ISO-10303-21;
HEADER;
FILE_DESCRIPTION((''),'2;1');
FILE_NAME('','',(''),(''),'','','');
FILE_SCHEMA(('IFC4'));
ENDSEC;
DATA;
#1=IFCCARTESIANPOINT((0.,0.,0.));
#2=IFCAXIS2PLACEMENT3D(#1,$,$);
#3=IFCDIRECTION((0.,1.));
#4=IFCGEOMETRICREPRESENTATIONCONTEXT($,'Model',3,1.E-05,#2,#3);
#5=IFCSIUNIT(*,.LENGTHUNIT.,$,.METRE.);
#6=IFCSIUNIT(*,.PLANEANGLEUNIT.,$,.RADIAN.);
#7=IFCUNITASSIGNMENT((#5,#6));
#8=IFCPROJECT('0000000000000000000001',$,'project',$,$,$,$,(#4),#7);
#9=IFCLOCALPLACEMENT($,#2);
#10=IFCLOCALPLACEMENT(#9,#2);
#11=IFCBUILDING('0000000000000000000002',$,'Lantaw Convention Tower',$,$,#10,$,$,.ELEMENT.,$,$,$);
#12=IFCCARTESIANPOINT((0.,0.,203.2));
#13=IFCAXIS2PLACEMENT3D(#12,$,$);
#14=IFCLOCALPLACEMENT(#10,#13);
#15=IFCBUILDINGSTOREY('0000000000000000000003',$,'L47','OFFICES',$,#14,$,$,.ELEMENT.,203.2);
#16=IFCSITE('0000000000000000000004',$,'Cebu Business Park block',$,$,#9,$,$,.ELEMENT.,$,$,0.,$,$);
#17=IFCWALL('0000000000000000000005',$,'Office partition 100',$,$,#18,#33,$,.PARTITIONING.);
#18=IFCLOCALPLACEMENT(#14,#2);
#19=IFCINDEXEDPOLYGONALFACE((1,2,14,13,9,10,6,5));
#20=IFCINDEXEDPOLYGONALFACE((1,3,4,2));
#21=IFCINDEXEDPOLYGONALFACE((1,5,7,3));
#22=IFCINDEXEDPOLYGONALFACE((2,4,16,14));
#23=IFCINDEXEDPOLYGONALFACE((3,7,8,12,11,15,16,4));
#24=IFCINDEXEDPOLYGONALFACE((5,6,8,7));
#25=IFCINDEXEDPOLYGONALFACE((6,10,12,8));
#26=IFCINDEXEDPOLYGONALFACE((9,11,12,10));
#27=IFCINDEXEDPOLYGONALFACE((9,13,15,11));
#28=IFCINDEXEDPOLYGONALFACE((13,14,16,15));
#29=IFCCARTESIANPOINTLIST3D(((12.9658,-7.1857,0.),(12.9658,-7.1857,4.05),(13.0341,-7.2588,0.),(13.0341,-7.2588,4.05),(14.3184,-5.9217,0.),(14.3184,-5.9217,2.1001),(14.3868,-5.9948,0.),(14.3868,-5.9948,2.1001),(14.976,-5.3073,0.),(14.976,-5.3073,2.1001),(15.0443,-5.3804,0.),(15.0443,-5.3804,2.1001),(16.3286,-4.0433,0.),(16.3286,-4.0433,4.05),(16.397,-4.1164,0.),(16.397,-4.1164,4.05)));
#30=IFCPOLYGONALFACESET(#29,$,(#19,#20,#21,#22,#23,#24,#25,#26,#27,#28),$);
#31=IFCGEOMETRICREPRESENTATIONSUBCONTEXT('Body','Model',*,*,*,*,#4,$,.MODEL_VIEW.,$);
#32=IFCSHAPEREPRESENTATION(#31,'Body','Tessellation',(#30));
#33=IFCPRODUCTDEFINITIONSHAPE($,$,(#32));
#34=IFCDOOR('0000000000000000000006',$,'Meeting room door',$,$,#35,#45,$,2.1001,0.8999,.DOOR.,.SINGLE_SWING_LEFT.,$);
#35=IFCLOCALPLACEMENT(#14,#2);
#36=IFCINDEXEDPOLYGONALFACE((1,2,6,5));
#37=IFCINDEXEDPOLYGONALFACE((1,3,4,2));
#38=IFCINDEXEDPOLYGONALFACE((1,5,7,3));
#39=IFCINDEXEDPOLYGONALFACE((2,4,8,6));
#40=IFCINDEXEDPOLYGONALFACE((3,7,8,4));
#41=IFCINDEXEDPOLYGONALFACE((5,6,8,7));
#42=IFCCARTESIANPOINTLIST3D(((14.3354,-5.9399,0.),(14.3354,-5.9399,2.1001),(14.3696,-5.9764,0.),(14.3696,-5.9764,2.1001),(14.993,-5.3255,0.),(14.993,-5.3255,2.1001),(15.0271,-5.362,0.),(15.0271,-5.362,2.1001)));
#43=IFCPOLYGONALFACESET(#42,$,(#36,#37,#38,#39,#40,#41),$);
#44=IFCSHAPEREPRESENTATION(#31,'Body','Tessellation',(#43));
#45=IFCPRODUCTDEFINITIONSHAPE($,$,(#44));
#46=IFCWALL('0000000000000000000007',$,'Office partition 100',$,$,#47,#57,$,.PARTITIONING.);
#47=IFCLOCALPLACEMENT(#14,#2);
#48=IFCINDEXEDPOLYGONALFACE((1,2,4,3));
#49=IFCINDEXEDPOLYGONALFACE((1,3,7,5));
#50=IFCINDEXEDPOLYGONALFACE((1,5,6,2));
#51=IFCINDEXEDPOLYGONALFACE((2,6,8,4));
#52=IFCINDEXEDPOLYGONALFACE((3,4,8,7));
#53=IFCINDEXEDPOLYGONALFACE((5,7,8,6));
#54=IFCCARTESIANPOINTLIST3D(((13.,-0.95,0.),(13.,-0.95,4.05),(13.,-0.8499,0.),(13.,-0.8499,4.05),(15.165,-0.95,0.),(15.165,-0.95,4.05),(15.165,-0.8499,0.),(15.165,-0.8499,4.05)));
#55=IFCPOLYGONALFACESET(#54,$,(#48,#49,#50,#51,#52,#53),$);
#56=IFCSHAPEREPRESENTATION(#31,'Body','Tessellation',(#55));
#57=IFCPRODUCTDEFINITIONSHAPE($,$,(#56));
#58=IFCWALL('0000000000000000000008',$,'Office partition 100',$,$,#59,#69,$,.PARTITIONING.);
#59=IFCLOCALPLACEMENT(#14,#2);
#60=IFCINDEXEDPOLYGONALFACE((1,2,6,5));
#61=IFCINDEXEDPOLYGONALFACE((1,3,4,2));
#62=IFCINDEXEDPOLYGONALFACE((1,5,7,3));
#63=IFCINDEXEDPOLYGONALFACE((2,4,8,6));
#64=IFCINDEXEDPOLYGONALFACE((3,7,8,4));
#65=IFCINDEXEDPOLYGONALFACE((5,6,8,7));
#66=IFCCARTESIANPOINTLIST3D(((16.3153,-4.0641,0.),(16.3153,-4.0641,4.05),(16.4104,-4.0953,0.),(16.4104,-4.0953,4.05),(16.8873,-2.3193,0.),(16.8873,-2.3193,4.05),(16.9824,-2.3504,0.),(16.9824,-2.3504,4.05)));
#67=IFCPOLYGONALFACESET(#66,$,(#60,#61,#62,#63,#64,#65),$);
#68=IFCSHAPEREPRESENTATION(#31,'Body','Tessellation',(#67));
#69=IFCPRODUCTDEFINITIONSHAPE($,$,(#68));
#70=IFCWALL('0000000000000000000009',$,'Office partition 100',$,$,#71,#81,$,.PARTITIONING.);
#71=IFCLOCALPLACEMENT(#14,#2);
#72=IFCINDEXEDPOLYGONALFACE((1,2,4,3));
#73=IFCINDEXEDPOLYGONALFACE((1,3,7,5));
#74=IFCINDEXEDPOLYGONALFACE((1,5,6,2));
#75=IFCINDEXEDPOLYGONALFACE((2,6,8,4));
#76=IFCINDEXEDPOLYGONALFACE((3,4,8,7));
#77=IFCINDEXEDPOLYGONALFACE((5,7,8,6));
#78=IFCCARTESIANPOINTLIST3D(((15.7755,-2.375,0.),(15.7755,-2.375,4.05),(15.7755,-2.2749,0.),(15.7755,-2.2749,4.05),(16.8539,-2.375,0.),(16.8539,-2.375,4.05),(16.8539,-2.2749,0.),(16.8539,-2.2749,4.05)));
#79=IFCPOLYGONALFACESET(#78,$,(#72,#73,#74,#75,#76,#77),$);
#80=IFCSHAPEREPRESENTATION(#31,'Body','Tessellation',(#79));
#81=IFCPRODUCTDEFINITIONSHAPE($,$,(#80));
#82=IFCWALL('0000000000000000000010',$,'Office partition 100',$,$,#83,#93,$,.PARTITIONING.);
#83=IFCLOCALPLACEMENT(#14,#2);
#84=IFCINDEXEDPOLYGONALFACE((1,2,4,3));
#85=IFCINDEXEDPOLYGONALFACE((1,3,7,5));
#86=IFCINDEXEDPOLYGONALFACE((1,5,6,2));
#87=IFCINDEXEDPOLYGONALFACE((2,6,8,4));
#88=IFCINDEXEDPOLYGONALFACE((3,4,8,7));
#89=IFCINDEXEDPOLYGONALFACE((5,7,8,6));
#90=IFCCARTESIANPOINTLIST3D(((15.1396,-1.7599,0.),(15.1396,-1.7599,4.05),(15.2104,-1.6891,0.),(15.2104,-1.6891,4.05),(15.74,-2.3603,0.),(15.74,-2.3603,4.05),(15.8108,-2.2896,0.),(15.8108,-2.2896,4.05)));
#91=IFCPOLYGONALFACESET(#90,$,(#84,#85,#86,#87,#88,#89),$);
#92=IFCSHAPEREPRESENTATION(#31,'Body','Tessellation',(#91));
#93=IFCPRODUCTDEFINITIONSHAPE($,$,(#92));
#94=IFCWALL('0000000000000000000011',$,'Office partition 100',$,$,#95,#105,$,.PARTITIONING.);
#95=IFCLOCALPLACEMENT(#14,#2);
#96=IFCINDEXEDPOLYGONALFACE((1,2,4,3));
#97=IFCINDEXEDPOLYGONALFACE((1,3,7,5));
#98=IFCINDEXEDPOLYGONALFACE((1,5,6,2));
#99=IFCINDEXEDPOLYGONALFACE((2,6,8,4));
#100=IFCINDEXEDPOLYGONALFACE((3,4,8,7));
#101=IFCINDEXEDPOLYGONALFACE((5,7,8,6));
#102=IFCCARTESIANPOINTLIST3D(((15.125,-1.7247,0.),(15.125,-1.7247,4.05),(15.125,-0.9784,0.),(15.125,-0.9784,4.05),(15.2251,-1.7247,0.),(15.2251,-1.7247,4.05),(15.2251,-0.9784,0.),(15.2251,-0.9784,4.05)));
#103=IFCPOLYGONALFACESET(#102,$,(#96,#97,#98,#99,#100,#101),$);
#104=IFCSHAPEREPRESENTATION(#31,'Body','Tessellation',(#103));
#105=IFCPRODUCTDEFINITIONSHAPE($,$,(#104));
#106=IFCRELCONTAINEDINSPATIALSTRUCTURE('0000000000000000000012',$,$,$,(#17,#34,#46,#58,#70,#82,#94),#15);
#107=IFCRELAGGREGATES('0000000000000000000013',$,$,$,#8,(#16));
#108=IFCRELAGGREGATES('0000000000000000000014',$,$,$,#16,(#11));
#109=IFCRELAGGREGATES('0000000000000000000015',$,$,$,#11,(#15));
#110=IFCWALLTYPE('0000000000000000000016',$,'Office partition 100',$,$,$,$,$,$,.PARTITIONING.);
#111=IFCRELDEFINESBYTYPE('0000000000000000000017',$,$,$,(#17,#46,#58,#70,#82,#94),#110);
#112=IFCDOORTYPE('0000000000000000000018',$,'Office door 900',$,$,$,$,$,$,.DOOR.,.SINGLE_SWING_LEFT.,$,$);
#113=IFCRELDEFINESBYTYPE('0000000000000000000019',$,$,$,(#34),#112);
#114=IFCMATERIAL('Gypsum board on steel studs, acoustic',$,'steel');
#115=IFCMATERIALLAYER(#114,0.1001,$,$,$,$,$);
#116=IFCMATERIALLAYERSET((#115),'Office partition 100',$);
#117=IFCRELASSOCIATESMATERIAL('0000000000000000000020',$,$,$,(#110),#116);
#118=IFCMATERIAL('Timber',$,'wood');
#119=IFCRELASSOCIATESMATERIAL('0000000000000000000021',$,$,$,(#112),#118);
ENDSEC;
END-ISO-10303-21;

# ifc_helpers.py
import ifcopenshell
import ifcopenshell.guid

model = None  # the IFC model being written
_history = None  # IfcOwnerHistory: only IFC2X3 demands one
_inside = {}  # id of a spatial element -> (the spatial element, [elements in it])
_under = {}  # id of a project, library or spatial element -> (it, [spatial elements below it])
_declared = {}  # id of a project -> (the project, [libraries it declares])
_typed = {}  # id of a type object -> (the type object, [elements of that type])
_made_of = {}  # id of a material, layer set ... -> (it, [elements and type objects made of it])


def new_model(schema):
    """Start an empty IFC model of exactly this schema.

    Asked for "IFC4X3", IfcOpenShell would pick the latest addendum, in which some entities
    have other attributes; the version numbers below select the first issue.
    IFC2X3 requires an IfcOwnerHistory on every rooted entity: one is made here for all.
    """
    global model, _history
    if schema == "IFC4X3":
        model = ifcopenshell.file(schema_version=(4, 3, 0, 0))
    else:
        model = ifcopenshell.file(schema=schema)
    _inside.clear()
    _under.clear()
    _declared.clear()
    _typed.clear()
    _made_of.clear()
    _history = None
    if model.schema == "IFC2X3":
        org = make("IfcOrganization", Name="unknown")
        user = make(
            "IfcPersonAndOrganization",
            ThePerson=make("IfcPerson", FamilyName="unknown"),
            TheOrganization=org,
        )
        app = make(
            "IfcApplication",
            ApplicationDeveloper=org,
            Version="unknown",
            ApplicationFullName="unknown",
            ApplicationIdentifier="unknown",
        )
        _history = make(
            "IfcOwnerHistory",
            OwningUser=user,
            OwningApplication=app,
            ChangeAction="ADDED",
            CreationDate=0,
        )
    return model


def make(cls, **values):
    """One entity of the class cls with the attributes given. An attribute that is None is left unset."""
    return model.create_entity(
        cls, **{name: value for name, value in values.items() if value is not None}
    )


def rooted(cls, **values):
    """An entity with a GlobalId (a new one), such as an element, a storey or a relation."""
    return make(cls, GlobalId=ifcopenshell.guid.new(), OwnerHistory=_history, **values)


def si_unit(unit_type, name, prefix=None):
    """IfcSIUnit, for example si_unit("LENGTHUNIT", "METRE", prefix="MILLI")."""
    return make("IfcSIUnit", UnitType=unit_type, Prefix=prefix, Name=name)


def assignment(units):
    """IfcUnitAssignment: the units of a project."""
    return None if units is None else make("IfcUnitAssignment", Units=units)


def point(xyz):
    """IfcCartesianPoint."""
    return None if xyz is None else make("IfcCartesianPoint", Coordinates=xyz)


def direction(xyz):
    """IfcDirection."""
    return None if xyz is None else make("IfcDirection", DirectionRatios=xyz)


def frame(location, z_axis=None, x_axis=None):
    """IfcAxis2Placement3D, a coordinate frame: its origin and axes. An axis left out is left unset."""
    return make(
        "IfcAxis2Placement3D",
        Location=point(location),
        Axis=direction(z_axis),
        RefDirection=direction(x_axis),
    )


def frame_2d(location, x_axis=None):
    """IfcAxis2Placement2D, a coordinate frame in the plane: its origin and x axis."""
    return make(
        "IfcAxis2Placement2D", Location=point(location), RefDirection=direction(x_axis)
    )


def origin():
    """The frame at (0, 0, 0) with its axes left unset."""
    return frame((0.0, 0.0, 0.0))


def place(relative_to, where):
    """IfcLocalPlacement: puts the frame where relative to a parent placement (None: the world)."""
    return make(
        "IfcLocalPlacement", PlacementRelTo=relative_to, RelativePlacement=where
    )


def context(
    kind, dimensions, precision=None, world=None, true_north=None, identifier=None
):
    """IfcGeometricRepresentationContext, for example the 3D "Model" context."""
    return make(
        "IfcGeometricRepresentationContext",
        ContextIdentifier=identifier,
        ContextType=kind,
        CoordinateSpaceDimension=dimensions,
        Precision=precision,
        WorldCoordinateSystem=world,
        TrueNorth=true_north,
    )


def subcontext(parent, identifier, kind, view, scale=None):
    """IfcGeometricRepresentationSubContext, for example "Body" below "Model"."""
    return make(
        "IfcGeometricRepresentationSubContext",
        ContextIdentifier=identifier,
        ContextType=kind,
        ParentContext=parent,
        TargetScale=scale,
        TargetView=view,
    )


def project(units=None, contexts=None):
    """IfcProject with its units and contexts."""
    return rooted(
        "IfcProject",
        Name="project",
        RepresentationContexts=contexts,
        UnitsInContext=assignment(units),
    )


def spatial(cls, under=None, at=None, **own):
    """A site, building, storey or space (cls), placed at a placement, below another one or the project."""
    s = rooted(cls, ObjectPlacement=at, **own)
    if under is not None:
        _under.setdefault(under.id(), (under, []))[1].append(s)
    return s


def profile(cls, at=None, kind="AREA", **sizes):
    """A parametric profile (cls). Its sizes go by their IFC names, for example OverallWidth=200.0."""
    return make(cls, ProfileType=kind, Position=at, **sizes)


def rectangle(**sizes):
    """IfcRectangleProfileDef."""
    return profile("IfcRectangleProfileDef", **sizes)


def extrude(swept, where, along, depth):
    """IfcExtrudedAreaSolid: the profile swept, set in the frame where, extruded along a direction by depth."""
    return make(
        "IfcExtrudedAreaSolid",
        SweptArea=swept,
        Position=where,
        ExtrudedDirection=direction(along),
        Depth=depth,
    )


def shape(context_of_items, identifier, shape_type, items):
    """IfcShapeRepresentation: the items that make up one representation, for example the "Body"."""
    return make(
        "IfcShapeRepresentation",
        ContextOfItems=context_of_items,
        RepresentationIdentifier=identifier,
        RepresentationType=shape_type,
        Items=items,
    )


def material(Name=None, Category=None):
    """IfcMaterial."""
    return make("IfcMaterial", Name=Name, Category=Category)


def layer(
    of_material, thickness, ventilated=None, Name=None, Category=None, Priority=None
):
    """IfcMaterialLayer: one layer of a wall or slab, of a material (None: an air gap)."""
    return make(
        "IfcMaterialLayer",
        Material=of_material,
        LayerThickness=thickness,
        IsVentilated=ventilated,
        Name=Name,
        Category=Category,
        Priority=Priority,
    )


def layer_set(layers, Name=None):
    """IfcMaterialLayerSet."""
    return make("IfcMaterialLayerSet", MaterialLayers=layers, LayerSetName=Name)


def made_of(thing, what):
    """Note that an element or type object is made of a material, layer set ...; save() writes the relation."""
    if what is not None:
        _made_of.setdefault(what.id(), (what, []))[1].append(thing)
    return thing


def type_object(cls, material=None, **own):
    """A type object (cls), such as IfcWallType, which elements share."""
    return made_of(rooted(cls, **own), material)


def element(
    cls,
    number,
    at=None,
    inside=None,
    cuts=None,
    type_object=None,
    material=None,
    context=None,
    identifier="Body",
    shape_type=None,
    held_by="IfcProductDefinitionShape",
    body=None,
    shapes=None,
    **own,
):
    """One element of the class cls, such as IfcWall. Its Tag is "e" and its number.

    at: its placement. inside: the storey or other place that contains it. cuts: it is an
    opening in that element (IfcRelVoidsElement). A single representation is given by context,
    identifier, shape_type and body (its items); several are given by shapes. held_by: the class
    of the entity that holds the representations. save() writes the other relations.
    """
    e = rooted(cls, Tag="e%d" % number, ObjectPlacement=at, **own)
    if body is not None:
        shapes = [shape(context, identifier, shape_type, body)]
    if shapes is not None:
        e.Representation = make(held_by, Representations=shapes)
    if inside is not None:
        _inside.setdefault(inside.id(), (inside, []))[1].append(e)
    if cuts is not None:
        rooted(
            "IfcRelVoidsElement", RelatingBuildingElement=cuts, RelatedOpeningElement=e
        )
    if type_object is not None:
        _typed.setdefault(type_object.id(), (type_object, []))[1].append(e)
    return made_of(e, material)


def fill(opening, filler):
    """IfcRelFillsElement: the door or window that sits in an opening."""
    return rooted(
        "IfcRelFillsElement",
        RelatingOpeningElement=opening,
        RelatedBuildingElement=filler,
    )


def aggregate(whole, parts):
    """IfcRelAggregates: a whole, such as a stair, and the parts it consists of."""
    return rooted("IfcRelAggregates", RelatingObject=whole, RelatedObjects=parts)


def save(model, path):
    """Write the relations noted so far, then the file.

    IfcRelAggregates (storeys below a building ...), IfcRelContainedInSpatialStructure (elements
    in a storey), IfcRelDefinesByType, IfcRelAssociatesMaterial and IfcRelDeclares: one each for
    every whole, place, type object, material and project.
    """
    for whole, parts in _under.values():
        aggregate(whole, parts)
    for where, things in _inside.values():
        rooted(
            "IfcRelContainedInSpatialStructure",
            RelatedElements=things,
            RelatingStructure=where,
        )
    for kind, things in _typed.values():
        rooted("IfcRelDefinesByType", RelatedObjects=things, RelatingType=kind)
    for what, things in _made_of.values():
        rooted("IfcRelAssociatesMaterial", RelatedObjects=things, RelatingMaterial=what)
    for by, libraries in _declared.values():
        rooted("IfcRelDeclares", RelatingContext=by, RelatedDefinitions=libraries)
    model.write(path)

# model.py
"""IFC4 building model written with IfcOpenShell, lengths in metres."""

from ifc_helpers import new_model, si_unit, direction, frame, frame_2d, origin, place, context, subcontext, project, spatial, rectangle, extrude, material, layer, layer_set, type_object, element, fill, save


model = new_model("IFC4")

# Units and contexts
model_context = context("Model", 3, precision=1e-05, world=origin(), true_north=direction((0.0, 1.0)))
body_context = subcontext(model_context, "Body", "Model", "MODEL_VIEW")
ifc_project = project(units=[si_unit("LENGTHUNIT", "METRE"), si_unit("PLANEANGLEUNIT", "RADIAN")], contexts=[model_context])

# Site, building, storey
site_placement = place(None, origin())
site = spatial("IfcSite", under=ifc_project, at=site_placement, Name="Cebu Business Park block", CompositionType="ELEMENT", RefElevation=0.0)
building_placement = place(site_placement, origin())
building = spatial("IfcBuilding", under=site, at=building_placement, Name="Lantaw Convention Tower", CompositionType="ELEMENT")
storey_placement = place(building_placement, frame((0.0, 0.0, 203.2)))
storey = spatial("IfcBuildingStorey", under=building, at=storey_placement, Name="L47", Description="OFFICES", CompositionType="ELEMENT", Elevation=203.2)

# Wall, opening, door
ifc_material_1 = material(Name="Gypsum board on steel studs, acoustic", Category="steel")
ifc_layer_1 = layer(ifc_material_1, 0.1001)
ifc_layer_set_1 = layer_set([ifc_layer_1], Name="Office partition 100")
wall_type_1 = type_object("IfcWallType", Name="Office partition 100", PredefinedType="PARTITIONING", material=ifc_layer_set_1)
wall_1_placement = place(storey_placement, frame((16.3628, -4.0798, 0.0), z_axis=(0.0, 0.0, 1.0), x_axis=(-0.730651, -0.682751, 0.0)))
wall_1 = element("IfcWall", 1, at=wall_1_placement, inside=storey, type_object=wall_type_1, Name="Office partition 100", PredefinedType="PARTITIONING", context=body_context, shape_type="SweptSolid", body=[
    extrude(rectangle(XDim=4.6025, YDim=0.1001, at=frame_2d((2.3013, 0.0))), origin(), (0.0, 0.0, 1.0), 4.05),
])
opening_1_placement = place(wall_1_placement, frame((1.8513, 0.0, 0.0)))
opening_1 = element("IfcOpeningElement", 2, at=opening_1_placement, cuts=wall_1, PredefinedType="OPENING", context=body_context, shape_type="SweptSolid", body=[
    extrude(rectangle(XDim=0.8999, YDim=2.1001, at=frame_2d((0.45, 1.05))), frame((0.0, 0.0601, 0.0), z_axis=(0.0, -1.0, 0.0), x_axis=(1.0, 0.0, 0.0)), (0.0, 0.0, 1.0), 0.1201),
])
ifc_material_2 = material(Name="Timber", Category="wood")
door_type_1 = type_object("IfcDoorType", Name="Office door 900", OperationType="SINGLE_SWING_LEFT", PredefinedType="DOOR", material=ifc_material_2)
door_1_placement = place(opening_1_placement, origin())
door_1 = element("IfcDoor", 3, at=door_1_placement, inside=storey, type_object=door_type_1, Name="Meeting room door", OperationType="SINGLE_SWING_LEFT", OverallHeight=2.1001, OverallWidth=0.8999, PredefinedType="DOOR", context=body_context, shape_type="SweptSolid", body=[
    extrude(rectangle(XDim=0.8999, YDim=2.1001, at=frame_2d((0.45, 1.05))), frame((0.0, 0.0249, 0.0), z_axis=(0.0, -1.0, 0.0), x_axis=(1.0, 0.0, 0.0)), (0.0, 0.0, 1.0), 0.05),
])
fill(opening_1, door_1)

# Walls
wall_2_placement = place(storey_placement, frame((13.0, -0.8999, 0.0), z_axis=(0.0, 0.0, 1.0), x_axis=(1.0, 0.0, 0.0)))
element("IfcWall", 4, at=wall_2_placement, inside=storey, type_object=wall_type_1, Name="Office partition 100", PredefinedType="PARTITIONING", context=body_context, shape_type="SweptSolid", body=[
    extrude(rectangle(XDim=2.165, YDim=0.1001, at=frame_2d((1.0825, 0.0))), origin(), (0.0, 0.0, 1.0), 4.05),
])
wall_3_placement = place(storey_placement, frame((16.9348, -2.335, 0.0), z_axis=(0.0, 0.0, 1.0), x_axis=(-0.311517, -0.950241, 0.0)))
element("IfcWall", 5, at=wall_3_placement, inside=storey, type_object=wall_type_1, Name="Office partition 100", PredefinedType="PARTITIONING", context=body_context, shape_type="SweptSolid", body=[
    extrude(rectangle(XDim=1.8362, YDim=0.1001, at=frame_2d((0.918, 0.0))), origin(), (0.0, 0.0, 1.0), 4.05),
])
wall_4_placement = place(storey_placement, frame((16.8538, -2.325, 0.0), z_axis=(0.0, 0.0, 1.0), x_axis=(-1.0, 0.0, 0.0)))
element("IfcWall", 6, at=wall_4_placement, inside=storey, type_object=wall_type_1, Name="Office partition 100", PredefinedType="PARTITIONING", context=body_context, shape_type="SweptSolid", body=[
    extrude(rectangle(XDim=1.0784, YDim=0.1001, at=frame_2d((0.5391, 0.0))), origin(), (0.0, 0.0, 1.0), 4.05),
])
wall_5_placement = place(storey_placement, frame((15.7754, -2.325, 0.0), z_axis=(0.0, 0.0, 1.0), x_axis=(-0.707107, 0.707107, 0.0)))
element("IfcWall", 7, at=wall_5_placement, inside=storey, type_object=wall_type_1, Name="Office partition 100", PredefinedType="PARTITIONING", context=body_context, shape_type="SweptSolid", body=[
    extrude(rectangle(XDim=0.8491, YDim=0.1001, at=frame_2d((0.4246, 0.0))), origin(), (0.0, 0.0, 1.0), 4.05),
])
wall_6_placement = place(storey_placement, frame((15.175, -1.7246, 0.0), z_axis=(0.0, 0.0, 1.0), x_axis=(0.0, 1.0, 0.0)))
element("IfcWall", 8, at=wall_6_placement, inside=storey, type_object=wall_type_1, Name="Office partition 100", PredefinedType="PARTITIONING", context=body_context, shape_type="SweptSolid", body=[
    extrude(rectangle(XDim=0.7463, YDim=0.1001, at=frame_2d((0.373, 0.0))), origin(), (0.0, 0.0, 1.0), 4.05),
])

save(model, "model.ifc")
